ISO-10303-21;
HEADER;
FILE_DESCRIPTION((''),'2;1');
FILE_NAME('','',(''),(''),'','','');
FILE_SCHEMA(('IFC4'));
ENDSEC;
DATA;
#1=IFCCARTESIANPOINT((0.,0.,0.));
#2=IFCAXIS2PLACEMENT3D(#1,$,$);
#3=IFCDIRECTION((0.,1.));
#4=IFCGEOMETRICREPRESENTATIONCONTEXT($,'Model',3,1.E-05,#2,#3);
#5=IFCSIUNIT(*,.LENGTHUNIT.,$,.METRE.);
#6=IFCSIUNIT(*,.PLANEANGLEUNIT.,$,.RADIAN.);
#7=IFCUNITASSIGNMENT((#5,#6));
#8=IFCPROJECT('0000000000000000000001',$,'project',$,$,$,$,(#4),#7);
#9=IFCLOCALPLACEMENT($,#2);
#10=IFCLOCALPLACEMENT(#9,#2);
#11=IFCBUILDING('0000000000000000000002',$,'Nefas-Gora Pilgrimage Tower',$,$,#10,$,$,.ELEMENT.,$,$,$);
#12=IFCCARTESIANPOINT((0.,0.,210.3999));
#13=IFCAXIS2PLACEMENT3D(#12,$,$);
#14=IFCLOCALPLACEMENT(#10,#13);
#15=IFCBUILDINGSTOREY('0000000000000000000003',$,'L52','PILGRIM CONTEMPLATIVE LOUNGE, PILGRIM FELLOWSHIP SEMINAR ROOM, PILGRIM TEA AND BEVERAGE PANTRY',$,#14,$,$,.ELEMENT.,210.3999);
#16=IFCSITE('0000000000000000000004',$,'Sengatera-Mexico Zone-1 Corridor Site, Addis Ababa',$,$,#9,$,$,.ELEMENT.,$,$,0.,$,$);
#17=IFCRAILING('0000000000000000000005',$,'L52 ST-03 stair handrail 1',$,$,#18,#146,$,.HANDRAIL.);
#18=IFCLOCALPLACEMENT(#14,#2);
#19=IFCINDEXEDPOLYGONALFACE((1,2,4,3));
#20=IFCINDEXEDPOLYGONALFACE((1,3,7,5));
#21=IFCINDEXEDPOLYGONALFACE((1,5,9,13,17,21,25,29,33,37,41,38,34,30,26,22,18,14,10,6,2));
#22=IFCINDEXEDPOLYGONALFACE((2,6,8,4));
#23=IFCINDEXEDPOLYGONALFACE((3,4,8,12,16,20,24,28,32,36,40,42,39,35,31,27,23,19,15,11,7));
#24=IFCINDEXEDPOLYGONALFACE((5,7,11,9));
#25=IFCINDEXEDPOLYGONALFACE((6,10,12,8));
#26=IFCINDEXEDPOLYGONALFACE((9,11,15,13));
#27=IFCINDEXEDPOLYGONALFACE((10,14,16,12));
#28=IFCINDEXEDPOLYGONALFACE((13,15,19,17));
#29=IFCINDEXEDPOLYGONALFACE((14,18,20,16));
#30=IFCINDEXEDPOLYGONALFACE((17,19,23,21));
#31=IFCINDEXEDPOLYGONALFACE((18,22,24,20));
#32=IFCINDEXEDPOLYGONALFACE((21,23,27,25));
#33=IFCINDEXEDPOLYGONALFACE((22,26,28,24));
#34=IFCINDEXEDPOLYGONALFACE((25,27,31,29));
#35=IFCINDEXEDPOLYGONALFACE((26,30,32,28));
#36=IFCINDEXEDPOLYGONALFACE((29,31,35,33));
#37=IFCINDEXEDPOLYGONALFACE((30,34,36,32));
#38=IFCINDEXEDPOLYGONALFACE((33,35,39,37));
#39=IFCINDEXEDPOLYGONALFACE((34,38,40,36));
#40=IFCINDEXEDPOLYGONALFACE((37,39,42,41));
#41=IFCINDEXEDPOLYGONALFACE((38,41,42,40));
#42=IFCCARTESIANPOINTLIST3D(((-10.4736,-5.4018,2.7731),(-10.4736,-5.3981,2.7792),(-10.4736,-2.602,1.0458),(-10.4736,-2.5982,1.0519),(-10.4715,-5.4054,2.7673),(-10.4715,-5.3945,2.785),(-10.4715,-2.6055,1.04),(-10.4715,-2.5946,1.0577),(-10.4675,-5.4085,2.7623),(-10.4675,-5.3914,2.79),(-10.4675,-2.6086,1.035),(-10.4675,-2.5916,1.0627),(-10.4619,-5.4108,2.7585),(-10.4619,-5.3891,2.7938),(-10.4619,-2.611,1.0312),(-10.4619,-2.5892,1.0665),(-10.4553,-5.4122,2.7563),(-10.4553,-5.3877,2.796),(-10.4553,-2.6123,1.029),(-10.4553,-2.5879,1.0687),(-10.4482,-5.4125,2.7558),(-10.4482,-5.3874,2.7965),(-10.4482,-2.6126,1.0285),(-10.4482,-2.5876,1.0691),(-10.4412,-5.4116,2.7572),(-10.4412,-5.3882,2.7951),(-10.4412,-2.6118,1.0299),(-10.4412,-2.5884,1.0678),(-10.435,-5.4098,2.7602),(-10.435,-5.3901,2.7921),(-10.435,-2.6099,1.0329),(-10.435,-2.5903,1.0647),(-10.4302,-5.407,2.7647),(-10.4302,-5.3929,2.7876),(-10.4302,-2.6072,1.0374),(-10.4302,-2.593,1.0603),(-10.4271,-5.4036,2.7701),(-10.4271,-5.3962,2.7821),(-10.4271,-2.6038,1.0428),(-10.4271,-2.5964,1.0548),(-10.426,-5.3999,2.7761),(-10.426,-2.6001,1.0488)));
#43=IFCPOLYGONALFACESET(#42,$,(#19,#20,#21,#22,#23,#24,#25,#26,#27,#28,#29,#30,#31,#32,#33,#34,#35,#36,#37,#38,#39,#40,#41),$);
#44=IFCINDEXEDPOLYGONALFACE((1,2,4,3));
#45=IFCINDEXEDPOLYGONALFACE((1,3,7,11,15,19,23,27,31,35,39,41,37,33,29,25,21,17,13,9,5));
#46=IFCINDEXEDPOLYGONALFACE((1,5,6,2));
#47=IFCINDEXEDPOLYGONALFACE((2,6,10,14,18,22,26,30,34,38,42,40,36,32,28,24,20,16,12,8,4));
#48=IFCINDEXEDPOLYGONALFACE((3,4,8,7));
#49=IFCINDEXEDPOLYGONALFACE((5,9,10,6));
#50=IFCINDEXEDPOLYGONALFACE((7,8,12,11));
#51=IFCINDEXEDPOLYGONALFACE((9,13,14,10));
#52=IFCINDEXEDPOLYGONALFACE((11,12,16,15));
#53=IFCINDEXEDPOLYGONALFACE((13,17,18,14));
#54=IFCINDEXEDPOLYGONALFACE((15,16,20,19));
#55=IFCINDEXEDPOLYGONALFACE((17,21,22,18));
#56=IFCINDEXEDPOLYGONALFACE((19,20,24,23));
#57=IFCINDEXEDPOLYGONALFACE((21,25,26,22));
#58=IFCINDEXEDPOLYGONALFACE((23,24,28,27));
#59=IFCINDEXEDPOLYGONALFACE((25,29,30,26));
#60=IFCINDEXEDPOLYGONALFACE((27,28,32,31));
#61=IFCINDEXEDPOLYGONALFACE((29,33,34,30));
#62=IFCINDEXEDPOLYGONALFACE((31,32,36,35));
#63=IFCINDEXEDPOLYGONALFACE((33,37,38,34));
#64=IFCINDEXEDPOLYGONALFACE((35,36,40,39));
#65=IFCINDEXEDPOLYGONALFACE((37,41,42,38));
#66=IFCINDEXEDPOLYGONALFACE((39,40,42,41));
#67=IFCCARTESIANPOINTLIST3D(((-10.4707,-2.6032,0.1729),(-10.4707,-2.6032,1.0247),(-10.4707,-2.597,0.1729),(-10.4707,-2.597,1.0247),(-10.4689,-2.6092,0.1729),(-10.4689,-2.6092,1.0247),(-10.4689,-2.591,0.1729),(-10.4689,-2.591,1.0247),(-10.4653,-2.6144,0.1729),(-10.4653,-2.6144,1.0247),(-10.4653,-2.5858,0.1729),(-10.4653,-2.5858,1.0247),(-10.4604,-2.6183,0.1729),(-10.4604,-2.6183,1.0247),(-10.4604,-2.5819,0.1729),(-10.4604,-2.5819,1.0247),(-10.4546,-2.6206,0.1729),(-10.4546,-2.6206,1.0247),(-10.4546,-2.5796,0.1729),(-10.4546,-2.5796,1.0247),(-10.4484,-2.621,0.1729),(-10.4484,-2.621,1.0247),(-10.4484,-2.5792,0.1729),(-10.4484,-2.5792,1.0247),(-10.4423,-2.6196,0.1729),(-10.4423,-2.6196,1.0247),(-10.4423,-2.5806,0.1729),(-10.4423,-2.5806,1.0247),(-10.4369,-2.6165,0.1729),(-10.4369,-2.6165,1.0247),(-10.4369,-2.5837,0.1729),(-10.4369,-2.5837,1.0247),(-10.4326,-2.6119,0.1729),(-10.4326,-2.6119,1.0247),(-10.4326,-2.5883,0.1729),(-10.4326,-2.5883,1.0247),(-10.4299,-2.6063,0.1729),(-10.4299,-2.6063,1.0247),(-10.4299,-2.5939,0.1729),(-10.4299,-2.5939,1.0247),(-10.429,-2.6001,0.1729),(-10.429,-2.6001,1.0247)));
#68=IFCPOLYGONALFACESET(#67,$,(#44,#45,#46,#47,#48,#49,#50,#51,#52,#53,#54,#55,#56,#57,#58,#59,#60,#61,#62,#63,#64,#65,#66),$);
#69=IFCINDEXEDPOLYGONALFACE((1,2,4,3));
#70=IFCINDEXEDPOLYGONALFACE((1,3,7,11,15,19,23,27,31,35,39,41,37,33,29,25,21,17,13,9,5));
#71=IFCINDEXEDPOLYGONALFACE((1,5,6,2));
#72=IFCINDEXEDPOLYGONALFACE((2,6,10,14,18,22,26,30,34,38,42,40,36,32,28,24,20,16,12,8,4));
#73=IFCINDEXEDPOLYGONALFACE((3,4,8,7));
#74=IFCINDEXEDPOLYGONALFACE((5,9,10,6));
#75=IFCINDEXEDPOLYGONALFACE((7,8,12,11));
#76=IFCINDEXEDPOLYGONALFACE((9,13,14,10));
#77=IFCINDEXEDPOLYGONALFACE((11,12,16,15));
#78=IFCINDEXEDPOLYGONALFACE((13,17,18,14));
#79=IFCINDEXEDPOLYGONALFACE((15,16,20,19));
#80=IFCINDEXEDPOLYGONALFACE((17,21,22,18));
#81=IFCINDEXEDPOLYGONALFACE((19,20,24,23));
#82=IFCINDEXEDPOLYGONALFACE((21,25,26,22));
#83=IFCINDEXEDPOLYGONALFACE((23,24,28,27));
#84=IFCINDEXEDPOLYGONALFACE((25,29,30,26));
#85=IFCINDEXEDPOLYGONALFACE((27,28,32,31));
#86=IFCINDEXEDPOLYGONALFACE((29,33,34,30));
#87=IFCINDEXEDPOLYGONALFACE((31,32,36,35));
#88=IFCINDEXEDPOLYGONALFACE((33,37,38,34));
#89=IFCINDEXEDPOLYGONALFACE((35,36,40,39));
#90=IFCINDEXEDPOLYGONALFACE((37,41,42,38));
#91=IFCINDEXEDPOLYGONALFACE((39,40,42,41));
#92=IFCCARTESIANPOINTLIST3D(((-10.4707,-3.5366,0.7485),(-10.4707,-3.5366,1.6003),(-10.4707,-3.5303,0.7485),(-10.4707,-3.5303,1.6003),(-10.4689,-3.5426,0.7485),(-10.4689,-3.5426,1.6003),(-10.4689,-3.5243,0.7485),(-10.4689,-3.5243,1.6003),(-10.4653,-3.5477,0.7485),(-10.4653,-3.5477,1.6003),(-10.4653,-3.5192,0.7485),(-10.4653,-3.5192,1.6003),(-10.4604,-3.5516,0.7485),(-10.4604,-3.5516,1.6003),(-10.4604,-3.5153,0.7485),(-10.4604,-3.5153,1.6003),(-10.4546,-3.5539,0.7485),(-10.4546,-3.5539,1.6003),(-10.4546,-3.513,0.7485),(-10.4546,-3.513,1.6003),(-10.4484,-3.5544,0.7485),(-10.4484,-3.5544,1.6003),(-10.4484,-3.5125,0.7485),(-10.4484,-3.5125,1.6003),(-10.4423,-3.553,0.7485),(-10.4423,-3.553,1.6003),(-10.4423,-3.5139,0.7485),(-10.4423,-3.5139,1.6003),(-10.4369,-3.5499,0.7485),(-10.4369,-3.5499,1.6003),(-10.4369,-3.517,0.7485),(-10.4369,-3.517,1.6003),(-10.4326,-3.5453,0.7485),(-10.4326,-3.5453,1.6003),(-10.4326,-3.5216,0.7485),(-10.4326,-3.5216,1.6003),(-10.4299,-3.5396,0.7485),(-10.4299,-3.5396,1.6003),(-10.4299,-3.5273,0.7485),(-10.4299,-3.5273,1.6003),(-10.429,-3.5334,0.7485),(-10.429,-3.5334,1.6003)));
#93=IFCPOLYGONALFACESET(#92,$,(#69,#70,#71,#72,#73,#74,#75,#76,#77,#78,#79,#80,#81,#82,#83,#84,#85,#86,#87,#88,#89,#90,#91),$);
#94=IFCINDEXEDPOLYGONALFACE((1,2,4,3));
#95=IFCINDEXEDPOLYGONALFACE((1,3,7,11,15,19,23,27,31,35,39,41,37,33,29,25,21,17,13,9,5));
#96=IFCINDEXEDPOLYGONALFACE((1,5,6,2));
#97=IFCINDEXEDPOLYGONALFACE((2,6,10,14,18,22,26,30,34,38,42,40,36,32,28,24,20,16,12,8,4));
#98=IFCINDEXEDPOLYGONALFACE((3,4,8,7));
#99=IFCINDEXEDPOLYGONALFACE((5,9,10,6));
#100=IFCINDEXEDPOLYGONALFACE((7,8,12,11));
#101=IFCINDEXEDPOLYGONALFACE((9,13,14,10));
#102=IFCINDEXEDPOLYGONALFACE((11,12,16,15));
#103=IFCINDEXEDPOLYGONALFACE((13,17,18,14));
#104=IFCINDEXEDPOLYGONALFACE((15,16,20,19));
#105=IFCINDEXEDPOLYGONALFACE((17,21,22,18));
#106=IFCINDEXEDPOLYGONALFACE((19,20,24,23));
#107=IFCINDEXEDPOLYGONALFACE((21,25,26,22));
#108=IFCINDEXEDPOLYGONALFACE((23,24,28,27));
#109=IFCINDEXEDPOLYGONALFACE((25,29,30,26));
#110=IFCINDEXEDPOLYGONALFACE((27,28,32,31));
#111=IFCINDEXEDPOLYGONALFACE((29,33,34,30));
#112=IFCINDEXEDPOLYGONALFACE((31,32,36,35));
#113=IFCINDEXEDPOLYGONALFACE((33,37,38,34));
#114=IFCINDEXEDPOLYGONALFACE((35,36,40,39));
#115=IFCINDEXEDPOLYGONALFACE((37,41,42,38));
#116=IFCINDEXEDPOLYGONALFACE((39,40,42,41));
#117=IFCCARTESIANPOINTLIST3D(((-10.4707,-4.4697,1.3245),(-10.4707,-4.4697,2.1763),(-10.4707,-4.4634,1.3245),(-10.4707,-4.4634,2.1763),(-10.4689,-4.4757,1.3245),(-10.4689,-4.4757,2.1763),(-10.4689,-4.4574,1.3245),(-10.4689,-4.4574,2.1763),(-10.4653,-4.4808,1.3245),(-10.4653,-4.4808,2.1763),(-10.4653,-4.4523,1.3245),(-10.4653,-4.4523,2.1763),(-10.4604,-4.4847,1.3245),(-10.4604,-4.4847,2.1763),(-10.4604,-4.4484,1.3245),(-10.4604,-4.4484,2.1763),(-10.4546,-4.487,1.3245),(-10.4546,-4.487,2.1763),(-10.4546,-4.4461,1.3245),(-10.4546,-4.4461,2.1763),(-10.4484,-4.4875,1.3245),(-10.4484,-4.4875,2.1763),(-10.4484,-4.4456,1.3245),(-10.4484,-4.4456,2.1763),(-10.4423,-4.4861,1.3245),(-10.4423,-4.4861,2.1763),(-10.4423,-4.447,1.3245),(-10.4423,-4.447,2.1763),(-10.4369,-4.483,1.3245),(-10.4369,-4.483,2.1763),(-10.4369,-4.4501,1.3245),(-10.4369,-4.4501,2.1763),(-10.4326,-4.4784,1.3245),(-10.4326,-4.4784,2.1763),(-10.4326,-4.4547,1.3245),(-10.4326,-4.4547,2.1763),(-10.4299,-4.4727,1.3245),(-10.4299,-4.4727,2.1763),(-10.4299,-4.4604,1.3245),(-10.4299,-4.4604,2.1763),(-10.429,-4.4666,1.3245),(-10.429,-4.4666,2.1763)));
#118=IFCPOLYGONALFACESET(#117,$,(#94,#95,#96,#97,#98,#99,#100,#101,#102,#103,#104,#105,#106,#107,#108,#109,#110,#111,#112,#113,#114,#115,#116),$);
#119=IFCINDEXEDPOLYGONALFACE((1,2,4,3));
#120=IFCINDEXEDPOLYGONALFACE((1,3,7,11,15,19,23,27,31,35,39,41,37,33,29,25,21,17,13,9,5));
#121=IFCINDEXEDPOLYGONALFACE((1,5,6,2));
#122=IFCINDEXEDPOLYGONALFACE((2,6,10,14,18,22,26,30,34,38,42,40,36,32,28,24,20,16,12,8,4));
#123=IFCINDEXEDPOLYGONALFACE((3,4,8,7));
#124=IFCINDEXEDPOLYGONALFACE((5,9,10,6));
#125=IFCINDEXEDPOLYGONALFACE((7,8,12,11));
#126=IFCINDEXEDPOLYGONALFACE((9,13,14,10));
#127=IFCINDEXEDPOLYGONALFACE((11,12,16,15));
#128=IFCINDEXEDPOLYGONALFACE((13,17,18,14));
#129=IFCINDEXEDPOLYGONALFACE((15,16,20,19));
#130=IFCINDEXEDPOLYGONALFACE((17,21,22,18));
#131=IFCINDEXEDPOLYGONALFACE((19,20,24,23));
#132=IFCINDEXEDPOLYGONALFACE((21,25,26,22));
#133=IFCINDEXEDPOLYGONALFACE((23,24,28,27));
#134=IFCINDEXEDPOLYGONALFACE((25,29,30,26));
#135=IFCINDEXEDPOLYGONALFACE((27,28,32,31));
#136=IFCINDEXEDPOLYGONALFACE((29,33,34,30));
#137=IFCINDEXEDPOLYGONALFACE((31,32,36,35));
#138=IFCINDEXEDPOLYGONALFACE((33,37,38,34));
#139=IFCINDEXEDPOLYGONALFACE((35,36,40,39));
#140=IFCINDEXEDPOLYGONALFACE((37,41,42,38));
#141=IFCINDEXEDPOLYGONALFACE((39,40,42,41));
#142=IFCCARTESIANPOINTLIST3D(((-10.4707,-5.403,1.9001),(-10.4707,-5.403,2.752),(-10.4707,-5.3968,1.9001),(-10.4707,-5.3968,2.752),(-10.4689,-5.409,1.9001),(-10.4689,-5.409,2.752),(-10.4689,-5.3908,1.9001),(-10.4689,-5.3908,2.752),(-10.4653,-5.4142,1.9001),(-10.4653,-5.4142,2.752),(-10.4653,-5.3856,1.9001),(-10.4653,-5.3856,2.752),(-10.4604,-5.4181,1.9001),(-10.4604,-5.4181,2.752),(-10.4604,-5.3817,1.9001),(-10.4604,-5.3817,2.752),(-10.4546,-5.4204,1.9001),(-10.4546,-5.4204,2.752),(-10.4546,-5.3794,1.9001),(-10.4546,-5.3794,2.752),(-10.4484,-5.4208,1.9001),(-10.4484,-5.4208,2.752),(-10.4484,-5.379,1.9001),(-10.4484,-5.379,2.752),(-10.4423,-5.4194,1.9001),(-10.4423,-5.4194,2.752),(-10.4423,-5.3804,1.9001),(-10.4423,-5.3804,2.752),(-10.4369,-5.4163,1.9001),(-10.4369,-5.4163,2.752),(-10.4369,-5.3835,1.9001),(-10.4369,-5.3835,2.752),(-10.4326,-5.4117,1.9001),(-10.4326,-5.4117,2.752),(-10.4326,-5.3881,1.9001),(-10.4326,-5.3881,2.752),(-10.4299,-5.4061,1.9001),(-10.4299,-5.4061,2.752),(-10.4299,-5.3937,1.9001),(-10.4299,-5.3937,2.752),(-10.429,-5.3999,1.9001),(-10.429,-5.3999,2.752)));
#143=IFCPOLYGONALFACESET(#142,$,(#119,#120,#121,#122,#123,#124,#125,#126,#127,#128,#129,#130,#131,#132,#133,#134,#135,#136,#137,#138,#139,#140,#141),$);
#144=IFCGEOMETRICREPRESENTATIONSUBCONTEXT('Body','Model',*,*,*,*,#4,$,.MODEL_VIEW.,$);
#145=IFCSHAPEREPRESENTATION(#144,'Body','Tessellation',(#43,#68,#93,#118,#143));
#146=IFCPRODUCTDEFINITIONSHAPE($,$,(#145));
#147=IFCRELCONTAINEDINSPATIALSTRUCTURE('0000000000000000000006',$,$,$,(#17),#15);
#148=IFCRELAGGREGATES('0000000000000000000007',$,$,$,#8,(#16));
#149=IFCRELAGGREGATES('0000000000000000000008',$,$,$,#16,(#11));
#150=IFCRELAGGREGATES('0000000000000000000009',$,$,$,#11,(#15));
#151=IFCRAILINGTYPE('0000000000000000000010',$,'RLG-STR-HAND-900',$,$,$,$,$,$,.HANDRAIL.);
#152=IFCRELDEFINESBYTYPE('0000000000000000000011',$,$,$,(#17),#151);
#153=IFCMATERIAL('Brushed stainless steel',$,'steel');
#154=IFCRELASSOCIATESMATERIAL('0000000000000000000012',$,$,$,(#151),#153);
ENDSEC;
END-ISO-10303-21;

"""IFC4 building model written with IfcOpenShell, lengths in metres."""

from ifc_helpers import new_model, si_unit, direction, frame, origin, origin_2d, place, context, subcontext, project, spatial, circle, extrude, material, type_object, element, save


model = new_model("IFC4")

# Units and contexts
model_context = context("Model", 3, precision=1e-05, world=origin(), true_north=direction((0.0, 1.0)))
body_context = subcontext(model_context, "Body", "Model", "MODEL_VIEW")
ifc_project = project(units=[si_unit("LENGTHUNIT", "METRE"), si_unit("PLANEANGLEUNIT", "RADIAN")], contexts=[model_context])

# Site, building, storey
site_placement = place(None, origin())
site = spatial("IfcSite", under=ifc_project, at=site_placement, Name="Sengatera-Mexico Zone-1 Corridor Site, Addis Ababa", CompositionType="ELEMENT", RefElevation=0.0)
building_placement = place(site_placement, origin())
building = spatial("IfcBuilding", under=site, at=building_placement, Name="Nefas-Gora Pilgrimage Tower", CompositionType="ELEMENT")
storey_placement = place(building_placement, frame((0.0, 0.0, 210.3999)))
storey = spatial("IfcBuildingStorey", under=building, at=storey_placement, Name="L52", Description="PILGRIM CONTEMPLATIVE LOUNGE, PILGRIM FELLOWSHIP SEMINAR ROOM, PILGRIM TEA AND BEVERAGE PANTRY", CompositionType="ELEMENT", Elevation=210.3999)

# Railing
ifc_material_1 = material(Name="Brushed stainless steel", Category="steel")
railing_type = type_object("IfcRailingType", Name="RLG-STR-HAND-900", PredefinedType="HANDRAIL", material=ifc_material_1)
railing_placement = place(storey_placement, frame((-10.45, -2.6001, 0.1729)))
element("IfcRailing", 1, at=railing_placement, inside=storey, type_object=railing_type, Name="L52 ST-03 stair handrail 1", PredefinedType="HANDRAIL", context=body_context, shape_type="SweptSolid", body=[
    extrude(circle(Radius=0.0239, at=origin_2d()), frame((0.0, 0.0, 0.876), z_axis=(0.0, -0.851069, 0.525054), x_axis=(1.0, 0.0, 0.0)), (0.0, 0.0, 1.0), 3.2898),
    extrude(circle(Radius=0.021, at=origin_2d()), origin(), (0.0, 0.0, 1.0), 0.8518),
    extrude(circle(Radius=0.021, at=origin_2d()), frame((0.0, -0.9333, 0.5757)), (0.0, 0.0, 1.0), 0.8518),
    extrude(circle(Radius=0.021, at=origin_2d()), frame((0.0, -1.8665, 1.1516)), (0.0, 0.0, 1.0), 0.8518),
    extrude(circle(Radius=0.021, at=origin_2d()), frame((0.0, -2.7998, 1.7273)), (0.0, 0.0, 1.0), 0.8518),
])

save(model, "model.ifc")
